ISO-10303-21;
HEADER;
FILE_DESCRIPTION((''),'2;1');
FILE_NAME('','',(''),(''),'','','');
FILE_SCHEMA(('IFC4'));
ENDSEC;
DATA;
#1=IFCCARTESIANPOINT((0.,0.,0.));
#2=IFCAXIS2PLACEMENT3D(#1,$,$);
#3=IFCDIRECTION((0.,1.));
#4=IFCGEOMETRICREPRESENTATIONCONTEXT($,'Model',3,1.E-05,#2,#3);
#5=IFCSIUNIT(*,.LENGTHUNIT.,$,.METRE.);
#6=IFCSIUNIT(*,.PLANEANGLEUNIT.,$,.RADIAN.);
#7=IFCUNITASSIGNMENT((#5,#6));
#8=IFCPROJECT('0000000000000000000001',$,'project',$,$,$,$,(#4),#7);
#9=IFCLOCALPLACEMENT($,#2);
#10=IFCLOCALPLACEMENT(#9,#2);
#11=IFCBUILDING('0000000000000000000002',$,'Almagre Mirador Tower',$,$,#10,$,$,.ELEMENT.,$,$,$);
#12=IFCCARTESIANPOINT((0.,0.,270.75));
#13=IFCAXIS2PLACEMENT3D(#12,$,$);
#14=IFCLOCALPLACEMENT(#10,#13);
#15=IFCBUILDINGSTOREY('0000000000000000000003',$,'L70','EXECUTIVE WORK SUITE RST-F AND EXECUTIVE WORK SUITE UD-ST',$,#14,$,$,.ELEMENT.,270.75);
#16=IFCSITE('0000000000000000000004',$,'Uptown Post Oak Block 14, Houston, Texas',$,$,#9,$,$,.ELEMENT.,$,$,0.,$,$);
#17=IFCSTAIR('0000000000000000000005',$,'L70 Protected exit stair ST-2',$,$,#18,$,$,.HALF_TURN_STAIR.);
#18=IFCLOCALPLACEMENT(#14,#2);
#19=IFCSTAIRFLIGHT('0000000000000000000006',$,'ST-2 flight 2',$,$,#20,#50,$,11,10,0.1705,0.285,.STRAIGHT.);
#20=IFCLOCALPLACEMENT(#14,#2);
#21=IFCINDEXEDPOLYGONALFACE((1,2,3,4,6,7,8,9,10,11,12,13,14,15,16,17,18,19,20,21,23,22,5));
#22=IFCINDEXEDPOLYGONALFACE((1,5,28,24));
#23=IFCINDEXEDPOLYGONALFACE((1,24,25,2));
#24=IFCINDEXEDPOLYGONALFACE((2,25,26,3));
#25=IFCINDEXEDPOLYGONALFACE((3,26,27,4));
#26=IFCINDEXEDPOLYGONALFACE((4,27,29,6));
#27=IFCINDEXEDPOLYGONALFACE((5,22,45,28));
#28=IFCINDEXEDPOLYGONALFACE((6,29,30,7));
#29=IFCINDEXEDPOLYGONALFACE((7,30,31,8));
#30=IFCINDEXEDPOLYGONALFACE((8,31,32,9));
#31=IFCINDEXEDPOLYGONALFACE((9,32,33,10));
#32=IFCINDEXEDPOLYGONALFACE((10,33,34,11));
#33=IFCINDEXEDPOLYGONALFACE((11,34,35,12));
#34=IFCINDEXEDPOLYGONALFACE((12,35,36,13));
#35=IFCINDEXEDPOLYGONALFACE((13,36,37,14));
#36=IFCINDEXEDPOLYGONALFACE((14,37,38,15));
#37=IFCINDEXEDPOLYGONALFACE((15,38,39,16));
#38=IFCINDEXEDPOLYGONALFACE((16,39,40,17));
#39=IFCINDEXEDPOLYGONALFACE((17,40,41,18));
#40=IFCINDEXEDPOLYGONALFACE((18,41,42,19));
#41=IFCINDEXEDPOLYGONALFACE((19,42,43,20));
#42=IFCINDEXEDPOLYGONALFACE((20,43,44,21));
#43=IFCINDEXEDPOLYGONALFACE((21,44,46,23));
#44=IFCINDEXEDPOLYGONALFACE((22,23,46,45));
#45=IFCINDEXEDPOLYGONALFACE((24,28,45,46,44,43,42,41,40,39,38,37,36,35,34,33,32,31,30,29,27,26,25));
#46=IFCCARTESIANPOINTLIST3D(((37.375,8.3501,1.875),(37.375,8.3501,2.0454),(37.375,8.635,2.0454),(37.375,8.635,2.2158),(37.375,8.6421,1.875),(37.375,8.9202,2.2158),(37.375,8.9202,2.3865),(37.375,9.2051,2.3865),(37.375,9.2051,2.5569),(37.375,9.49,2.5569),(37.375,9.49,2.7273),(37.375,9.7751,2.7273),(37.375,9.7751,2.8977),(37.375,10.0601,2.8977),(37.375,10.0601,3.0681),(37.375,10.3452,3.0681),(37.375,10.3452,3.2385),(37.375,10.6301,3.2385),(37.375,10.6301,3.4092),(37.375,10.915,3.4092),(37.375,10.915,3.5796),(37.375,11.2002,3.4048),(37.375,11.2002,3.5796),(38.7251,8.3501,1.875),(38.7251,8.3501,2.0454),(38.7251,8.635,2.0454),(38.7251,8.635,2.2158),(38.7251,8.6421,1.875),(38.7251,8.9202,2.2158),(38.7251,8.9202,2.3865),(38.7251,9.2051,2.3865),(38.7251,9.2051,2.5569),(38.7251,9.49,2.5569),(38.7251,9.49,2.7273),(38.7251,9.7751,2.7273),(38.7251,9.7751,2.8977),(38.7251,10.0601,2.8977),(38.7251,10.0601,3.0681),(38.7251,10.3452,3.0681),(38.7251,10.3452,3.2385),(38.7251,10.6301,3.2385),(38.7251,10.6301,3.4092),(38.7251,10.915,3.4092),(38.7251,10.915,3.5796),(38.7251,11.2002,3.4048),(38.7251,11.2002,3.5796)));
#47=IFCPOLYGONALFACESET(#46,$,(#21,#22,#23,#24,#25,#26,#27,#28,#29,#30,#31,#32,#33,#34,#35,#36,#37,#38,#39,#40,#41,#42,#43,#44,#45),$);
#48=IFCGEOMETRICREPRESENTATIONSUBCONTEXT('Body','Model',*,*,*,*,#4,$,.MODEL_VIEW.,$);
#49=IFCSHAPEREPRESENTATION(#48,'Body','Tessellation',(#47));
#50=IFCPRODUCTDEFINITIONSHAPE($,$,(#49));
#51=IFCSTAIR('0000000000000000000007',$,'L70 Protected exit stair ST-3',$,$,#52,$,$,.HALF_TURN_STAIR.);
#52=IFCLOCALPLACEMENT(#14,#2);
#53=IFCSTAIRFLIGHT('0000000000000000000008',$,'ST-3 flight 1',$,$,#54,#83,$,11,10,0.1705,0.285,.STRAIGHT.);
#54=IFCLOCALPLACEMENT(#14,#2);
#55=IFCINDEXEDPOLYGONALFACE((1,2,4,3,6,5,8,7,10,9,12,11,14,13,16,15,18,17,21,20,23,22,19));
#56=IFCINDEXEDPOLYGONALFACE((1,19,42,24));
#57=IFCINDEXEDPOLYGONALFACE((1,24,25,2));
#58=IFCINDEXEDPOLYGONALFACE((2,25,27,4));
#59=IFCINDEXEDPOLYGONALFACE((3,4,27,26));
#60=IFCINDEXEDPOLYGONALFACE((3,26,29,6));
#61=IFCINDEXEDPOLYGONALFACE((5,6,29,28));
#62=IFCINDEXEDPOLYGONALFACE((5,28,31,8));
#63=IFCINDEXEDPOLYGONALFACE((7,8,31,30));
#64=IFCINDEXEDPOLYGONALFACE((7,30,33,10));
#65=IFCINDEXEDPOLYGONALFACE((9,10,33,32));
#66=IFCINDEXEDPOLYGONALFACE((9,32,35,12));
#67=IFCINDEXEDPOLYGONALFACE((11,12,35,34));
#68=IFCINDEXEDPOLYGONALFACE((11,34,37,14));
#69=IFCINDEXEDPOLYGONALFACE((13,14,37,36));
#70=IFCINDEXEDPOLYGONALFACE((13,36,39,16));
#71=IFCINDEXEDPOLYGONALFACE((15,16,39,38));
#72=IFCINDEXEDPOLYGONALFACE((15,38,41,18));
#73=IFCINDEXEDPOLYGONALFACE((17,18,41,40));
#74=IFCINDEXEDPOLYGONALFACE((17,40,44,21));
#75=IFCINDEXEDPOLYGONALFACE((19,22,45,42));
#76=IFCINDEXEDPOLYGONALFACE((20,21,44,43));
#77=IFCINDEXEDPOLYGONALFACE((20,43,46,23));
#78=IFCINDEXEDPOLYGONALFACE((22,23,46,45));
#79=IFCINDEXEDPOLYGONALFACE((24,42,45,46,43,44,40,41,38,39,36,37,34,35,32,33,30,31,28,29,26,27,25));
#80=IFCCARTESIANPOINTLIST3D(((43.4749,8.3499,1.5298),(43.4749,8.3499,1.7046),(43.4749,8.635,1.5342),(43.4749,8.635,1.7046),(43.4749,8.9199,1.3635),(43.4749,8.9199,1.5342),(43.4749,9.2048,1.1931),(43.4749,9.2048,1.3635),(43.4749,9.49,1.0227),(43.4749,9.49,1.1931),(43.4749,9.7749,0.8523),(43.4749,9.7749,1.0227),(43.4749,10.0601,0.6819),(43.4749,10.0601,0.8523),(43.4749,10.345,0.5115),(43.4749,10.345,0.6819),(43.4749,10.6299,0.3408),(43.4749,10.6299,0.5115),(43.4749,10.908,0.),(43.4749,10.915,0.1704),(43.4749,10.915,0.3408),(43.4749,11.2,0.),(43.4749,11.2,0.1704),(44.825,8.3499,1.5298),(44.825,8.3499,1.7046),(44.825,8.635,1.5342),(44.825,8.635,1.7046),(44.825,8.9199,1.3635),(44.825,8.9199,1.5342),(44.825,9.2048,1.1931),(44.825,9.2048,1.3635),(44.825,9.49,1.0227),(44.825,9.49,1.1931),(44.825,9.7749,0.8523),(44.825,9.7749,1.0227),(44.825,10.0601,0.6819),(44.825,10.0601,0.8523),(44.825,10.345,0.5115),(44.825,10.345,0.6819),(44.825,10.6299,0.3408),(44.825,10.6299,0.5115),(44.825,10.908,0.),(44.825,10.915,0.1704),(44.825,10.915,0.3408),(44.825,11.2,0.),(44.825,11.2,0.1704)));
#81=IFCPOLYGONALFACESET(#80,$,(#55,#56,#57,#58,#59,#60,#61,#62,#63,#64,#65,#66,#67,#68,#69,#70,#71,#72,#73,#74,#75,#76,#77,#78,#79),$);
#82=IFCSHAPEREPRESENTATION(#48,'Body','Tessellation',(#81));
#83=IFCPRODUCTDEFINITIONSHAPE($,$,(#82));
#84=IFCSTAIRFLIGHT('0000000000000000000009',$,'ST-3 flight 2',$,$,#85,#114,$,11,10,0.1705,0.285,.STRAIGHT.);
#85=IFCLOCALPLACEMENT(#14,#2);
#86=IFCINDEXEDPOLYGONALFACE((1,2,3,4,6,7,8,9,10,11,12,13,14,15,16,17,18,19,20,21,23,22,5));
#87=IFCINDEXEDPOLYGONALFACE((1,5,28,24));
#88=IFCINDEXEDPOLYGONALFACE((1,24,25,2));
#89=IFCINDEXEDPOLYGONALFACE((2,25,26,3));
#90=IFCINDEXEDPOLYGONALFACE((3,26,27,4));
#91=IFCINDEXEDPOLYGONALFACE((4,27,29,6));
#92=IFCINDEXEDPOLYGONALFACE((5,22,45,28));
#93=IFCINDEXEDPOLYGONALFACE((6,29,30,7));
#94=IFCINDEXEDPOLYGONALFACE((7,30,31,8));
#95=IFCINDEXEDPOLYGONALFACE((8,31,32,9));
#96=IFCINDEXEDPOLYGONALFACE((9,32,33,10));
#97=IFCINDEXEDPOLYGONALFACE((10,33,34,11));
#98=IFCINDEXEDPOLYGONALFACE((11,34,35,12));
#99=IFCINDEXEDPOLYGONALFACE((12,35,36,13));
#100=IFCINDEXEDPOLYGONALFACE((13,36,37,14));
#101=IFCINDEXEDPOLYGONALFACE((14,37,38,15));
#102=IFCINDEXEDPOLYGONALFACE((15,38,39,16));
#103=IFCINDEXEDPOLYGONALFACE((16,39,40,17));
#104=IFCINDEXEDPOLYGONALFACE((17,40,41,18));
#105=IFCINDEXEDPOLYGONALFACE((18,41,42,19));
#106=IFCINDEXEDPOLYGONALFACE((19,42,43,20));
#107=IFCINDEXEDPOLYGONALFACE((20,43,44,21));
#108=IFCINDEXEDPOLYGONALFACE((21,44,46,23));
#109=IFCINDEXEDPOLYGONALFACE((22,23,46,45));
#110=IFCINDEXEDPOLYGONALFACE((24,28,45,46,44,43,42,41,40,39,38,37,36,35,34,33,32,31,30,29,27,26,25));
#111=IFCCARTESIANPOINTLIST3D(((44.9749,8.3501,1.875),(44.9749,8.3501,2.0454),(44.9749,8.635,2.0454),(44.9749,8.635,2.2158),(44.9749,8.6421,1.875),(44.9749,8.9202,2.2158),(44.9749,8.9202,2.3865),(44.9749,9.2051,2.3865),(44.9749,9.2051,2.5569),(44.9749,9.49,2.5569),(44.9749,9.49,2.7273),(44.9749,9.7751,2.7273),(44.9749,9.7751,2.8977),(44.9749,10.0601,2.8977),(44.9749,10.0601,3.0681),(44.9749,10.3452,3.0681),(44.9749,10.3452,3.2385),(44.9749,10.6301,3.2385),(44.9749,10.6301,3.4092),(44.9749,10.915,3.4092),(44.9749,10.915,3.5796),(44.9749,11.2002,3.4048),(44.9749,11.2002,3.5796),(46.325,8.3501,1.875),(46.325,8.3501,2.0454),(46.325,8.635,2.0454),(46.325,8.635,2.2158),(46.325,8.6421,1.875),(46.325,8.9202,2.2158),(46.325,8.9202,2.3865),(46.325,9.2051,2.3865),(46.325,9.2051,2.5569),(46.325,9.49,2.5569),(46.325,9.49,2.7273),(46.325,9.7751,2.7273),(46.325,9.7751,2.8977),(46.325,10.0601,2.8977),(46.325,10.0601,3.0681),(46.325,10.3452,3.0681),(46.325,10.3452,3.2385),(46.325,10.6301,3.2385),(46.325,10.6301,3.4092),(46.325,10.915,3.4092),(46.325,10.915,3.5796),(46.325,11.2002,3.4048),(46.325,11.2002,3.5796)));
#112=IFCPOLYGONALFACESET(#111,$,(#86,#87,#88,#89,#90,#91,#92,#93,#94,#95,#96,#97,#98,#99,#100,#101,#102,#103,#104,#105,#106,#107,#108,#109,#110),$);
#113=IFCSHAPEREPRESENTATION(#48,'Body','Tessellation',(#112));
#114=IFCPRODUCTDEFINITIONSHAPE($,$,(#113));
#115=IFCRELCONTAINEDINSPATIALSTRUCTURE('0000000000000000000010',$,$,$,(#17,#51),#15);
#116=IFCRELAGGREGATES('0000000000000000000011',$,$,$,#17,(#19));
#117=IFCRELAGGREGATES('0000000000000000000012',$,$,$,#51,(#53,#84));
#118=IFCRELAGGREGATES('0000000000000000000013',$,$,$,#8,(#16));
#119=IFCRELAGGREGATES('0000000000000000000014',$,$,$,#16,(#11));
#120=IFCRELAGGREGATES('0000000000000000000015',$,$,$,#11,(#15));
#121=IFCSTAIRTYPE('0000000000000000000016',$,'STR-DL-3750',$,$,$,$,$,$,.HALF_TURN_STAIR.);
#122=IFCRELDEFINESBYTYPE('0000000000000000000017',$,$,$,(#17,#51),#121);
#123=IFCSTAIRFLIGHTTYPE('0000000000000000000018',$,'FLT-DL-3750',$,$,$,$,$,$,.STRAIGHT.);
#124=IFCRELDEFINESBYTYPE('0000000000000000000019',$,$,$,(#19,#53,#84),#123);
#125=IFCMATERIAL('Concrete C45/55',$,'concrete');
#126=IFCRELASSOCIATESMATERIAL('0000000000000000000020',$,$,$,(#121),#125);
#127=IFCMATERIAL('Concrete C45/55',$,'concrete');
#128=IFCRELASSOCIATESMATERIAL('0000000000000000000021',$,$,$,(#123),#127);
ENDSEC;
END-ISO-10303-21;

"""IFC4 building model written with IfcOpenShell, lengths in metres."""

from ifc_helpers import new_model, si_unit, direction, frame, origin, place, context, subcontext, project, spatial, polyline, outline, extrude, material, type_object, element, aggregate, save


model = new_model("IFC4")

# Units and contexts
model_context = context("Model", 3, precision=1e-05, world=origin(), true_north=direction((0.0, 1.0)))
body_context = subcontext(model_context, "Body", "Model", "MODEL_VIEW")
ifc_project = project(units=[si_unit("LENGTHUNIT", "METRE"), si_unit("PLANEANGLEUNIT", "RADIAN")], contexts=[model_context])

# Site, building, storey
site_placement = place(None, origin())
site = spatial("IfcSite", under=ifc_project, at=site_placement, Name="Uptown Post Oak Block 14, Houston, Texas", CompositionType="ELEMENT", RefElevation=0.0)
building_placement = place(site_placement, origin())
building = spatial("IfcBuilding", under=site, at=building_placement, Name="Almagre Mirador Tower", CompositionType="ELEMENT")
storey_placement = place(building_placement, frame((0.0, 0.0, 270.75)))
storey = spatial("IfcBuildingStorey", under=building, at=storey_placement, Name="L70", Description="EXECUTIVE WORK SUITE RST-F AND EXECUTIVE WORK SUITE UD-ST", CompositionType="ELEMENT", Elevation=270.75)

# Stairs, stair flights
ifc_material_1 = material(Name="Concrete C45/55", Category="concrete")
stair_type = type_object("IfcStairType", Name="STR-DL-3750", PredefinedType="HALF_TURN_STAIR", material=ifc_material_1)
stair_1_placement = place(storey_placement, origin())
stair_1 = element("IfcStair", 1, at=stair_1_placement, inside=storey, type_object=stair_type, Name="L70 Protected exit stair ST-2", PredefinedType="HALF_TURN_STAIR")
ifc_material_2 = material(Name="Concrete C45/55", Category="concrete")
stair_flight_type = type_object("IfcStairFlightType", Name="FLT-DL-3750", PredefinedType="STRAIGHT", material=ifc_material_2)
stair_flight_1_placement = place(storey_placement, frame((38.05, 8.3501, 1.875), z_axis=(0.0, 0.0, 1.0), x_axis=(0.0, 1.0, 0.0)))
stair_flight_1 = element("IfcStairFlight", 2, at=stair_flight_1_placement, type_object=stair_flight_type, Name="ST-2 flight 2", NumberOfRisers=11, NumberOfTreads=10, PredefinedType="STRAIGHT", RiserHeight=0.1705, TreadLength=0.285, context=body_context, shape_type="SweptSolid", body=[
    extrude(outline(polyline([(0.0, 0.0), (0.0, 0.1704), (0.2849, 0.1704), (0.2849, 0.3408), (0.5701, 0.3408), (0.5701, 0.5115), (0.855, 0.5115), (0.855, 0.6819), (1.1399, 0.6819), (1.1399, 0.8523), (1.425, 0.8523), (1.425, 1.0227), (1.71, 1.0227), (1.71, 1.1931), (1.9951, 1.1931), (1.9951, 1.3635), (2.28, 1.3635), (2.28, 1.5342), (2.5649, 1.5342), (2.5649, 1.7046), (2.8501, 1.7046), (2.8501, 1.875), (2.8501, 1.5298), (0.292, 0.0), (0.0, 0.0)])), frame((0.0, 0.675, 0.0), z_axis=(0.0, -1.0, 0.0), x_axis=(1.0, 0.0, 0.0)), (0.0, 0.0, 1.0), 1.3501),
])
aggregate(stair_1, [stair_flight_1])
stair_2_placement = place(storey_placement, origin())
stair_2 = element("IfcStair", 3, at=stair_2_placement, inside=storey, type_object=stair_type, Name="L70 Protected exit stair ST-3", PredefinedType="HALF_TURN_STAIR")
stair_flight_2_placement = place(storey_placement, frame((44.1499, 11.2, 0.0), z_axis=(0.0, 0.0, 1.0), x_axis=(0.0, -1.0, 0.0)))
stair_flight_2 = element("IfcStairFlight", 4, at=stair_flight_2_placement, type_object=stair_flight_type, Name="ST-3 flight 1", NumberOfRisers=11, NumberOfTreads=10, PredefinedType="STRAIGHT", RiserHeight=0.1705, TreadLength=0.285, context=body_context, shape_type="SweptSolid", body=[
    extrude(outline(polyline([(0.0, 0.0), (0.0, 0.1704), (0.2849, 0.1704), (0.2849, 0.3408), (0.5701, 0.3408), (0.5701, 0.5115), (0.855, 0.5115), (0.855, 0.6819), (1.1399, 0.6819), (1.1399, 0.8523), (1.425, 0.8523), (1.425, 1.0227), (1.71, 1.0227), (1.71, 1.1931), (1.9951, 1.1931), (1.9951, 1.3635), (2.28, 1.3635), (2.28, 1.5342), (2.5649, 1.5342), (2.5649, 1.7046), (2.8501, 1.7046), (2.8501, 1.875), (2.8501, 1.5298), (0.292, 0.0), (0.0, 0.0)])), frame((0.0, 0.675, 0.0), z_axis=(0.0, -1.0, 0.0), x_axis=(1.0, 0.0, 0.0)), (0.0, 0.0, 1.0), 1.3501),
])
stair_flight_3_placement = place(storey_placement, frame((45.6499, 8.3501, 1.875), z_axis=(0.0, 0.0, 1.0), x_axis=(0.0, 1.0, 0.0)))
stair_flight_3 = element("IfcStairFlight", 5, at=stair_flight_3_placement, type_object=stair_flight_type, Name="ST-3 flight 2", NumberOfRisers=11, NumberOfTreads=10, PredefinedType="STRAIGHT", RiserHeight=0.1705, TreadLength=0.285, context=body_context, shape_type="SweptSolid", body=[
    extrude(outline(polyline([(0.0, 0.0), (0.0, 0.1704), (0.2849, 0.1704), (0.2849, 0.3408), (0.5701, 0.3408), (0.5701, 0.5115), (0.855, 0.5115), (0.855, 0.6819), (1.1399, 0.6819), (1.1399, 0.8523), (1.425, 0.8523), (1.425, 1.0227), (1.71, 1.0227), (1.71, 1.1931), (1.9951, 1.1931), (1.9951, 1.3635), (2.28, 1.3635), (2.28, 1.5342), (2.5649, 1.5342), (2.5649, 1.7046), (2.8501, 1.7046), (2.8501, 1.875), (2.8501, 1.5298), (0.292, 0.0), (0.0, 0.0)])), frame((0.0, 0.675, 0.0), z_axis=(0.0, -1.0, 0.0), x_axis=(1.0, 0.0, 0.0)), (0.0, 0.0, 1.0), 1.3501),
])
aggregate(stair_2, [stair_flight_2, stair_flight_3])

save(model, "model.ifc")
